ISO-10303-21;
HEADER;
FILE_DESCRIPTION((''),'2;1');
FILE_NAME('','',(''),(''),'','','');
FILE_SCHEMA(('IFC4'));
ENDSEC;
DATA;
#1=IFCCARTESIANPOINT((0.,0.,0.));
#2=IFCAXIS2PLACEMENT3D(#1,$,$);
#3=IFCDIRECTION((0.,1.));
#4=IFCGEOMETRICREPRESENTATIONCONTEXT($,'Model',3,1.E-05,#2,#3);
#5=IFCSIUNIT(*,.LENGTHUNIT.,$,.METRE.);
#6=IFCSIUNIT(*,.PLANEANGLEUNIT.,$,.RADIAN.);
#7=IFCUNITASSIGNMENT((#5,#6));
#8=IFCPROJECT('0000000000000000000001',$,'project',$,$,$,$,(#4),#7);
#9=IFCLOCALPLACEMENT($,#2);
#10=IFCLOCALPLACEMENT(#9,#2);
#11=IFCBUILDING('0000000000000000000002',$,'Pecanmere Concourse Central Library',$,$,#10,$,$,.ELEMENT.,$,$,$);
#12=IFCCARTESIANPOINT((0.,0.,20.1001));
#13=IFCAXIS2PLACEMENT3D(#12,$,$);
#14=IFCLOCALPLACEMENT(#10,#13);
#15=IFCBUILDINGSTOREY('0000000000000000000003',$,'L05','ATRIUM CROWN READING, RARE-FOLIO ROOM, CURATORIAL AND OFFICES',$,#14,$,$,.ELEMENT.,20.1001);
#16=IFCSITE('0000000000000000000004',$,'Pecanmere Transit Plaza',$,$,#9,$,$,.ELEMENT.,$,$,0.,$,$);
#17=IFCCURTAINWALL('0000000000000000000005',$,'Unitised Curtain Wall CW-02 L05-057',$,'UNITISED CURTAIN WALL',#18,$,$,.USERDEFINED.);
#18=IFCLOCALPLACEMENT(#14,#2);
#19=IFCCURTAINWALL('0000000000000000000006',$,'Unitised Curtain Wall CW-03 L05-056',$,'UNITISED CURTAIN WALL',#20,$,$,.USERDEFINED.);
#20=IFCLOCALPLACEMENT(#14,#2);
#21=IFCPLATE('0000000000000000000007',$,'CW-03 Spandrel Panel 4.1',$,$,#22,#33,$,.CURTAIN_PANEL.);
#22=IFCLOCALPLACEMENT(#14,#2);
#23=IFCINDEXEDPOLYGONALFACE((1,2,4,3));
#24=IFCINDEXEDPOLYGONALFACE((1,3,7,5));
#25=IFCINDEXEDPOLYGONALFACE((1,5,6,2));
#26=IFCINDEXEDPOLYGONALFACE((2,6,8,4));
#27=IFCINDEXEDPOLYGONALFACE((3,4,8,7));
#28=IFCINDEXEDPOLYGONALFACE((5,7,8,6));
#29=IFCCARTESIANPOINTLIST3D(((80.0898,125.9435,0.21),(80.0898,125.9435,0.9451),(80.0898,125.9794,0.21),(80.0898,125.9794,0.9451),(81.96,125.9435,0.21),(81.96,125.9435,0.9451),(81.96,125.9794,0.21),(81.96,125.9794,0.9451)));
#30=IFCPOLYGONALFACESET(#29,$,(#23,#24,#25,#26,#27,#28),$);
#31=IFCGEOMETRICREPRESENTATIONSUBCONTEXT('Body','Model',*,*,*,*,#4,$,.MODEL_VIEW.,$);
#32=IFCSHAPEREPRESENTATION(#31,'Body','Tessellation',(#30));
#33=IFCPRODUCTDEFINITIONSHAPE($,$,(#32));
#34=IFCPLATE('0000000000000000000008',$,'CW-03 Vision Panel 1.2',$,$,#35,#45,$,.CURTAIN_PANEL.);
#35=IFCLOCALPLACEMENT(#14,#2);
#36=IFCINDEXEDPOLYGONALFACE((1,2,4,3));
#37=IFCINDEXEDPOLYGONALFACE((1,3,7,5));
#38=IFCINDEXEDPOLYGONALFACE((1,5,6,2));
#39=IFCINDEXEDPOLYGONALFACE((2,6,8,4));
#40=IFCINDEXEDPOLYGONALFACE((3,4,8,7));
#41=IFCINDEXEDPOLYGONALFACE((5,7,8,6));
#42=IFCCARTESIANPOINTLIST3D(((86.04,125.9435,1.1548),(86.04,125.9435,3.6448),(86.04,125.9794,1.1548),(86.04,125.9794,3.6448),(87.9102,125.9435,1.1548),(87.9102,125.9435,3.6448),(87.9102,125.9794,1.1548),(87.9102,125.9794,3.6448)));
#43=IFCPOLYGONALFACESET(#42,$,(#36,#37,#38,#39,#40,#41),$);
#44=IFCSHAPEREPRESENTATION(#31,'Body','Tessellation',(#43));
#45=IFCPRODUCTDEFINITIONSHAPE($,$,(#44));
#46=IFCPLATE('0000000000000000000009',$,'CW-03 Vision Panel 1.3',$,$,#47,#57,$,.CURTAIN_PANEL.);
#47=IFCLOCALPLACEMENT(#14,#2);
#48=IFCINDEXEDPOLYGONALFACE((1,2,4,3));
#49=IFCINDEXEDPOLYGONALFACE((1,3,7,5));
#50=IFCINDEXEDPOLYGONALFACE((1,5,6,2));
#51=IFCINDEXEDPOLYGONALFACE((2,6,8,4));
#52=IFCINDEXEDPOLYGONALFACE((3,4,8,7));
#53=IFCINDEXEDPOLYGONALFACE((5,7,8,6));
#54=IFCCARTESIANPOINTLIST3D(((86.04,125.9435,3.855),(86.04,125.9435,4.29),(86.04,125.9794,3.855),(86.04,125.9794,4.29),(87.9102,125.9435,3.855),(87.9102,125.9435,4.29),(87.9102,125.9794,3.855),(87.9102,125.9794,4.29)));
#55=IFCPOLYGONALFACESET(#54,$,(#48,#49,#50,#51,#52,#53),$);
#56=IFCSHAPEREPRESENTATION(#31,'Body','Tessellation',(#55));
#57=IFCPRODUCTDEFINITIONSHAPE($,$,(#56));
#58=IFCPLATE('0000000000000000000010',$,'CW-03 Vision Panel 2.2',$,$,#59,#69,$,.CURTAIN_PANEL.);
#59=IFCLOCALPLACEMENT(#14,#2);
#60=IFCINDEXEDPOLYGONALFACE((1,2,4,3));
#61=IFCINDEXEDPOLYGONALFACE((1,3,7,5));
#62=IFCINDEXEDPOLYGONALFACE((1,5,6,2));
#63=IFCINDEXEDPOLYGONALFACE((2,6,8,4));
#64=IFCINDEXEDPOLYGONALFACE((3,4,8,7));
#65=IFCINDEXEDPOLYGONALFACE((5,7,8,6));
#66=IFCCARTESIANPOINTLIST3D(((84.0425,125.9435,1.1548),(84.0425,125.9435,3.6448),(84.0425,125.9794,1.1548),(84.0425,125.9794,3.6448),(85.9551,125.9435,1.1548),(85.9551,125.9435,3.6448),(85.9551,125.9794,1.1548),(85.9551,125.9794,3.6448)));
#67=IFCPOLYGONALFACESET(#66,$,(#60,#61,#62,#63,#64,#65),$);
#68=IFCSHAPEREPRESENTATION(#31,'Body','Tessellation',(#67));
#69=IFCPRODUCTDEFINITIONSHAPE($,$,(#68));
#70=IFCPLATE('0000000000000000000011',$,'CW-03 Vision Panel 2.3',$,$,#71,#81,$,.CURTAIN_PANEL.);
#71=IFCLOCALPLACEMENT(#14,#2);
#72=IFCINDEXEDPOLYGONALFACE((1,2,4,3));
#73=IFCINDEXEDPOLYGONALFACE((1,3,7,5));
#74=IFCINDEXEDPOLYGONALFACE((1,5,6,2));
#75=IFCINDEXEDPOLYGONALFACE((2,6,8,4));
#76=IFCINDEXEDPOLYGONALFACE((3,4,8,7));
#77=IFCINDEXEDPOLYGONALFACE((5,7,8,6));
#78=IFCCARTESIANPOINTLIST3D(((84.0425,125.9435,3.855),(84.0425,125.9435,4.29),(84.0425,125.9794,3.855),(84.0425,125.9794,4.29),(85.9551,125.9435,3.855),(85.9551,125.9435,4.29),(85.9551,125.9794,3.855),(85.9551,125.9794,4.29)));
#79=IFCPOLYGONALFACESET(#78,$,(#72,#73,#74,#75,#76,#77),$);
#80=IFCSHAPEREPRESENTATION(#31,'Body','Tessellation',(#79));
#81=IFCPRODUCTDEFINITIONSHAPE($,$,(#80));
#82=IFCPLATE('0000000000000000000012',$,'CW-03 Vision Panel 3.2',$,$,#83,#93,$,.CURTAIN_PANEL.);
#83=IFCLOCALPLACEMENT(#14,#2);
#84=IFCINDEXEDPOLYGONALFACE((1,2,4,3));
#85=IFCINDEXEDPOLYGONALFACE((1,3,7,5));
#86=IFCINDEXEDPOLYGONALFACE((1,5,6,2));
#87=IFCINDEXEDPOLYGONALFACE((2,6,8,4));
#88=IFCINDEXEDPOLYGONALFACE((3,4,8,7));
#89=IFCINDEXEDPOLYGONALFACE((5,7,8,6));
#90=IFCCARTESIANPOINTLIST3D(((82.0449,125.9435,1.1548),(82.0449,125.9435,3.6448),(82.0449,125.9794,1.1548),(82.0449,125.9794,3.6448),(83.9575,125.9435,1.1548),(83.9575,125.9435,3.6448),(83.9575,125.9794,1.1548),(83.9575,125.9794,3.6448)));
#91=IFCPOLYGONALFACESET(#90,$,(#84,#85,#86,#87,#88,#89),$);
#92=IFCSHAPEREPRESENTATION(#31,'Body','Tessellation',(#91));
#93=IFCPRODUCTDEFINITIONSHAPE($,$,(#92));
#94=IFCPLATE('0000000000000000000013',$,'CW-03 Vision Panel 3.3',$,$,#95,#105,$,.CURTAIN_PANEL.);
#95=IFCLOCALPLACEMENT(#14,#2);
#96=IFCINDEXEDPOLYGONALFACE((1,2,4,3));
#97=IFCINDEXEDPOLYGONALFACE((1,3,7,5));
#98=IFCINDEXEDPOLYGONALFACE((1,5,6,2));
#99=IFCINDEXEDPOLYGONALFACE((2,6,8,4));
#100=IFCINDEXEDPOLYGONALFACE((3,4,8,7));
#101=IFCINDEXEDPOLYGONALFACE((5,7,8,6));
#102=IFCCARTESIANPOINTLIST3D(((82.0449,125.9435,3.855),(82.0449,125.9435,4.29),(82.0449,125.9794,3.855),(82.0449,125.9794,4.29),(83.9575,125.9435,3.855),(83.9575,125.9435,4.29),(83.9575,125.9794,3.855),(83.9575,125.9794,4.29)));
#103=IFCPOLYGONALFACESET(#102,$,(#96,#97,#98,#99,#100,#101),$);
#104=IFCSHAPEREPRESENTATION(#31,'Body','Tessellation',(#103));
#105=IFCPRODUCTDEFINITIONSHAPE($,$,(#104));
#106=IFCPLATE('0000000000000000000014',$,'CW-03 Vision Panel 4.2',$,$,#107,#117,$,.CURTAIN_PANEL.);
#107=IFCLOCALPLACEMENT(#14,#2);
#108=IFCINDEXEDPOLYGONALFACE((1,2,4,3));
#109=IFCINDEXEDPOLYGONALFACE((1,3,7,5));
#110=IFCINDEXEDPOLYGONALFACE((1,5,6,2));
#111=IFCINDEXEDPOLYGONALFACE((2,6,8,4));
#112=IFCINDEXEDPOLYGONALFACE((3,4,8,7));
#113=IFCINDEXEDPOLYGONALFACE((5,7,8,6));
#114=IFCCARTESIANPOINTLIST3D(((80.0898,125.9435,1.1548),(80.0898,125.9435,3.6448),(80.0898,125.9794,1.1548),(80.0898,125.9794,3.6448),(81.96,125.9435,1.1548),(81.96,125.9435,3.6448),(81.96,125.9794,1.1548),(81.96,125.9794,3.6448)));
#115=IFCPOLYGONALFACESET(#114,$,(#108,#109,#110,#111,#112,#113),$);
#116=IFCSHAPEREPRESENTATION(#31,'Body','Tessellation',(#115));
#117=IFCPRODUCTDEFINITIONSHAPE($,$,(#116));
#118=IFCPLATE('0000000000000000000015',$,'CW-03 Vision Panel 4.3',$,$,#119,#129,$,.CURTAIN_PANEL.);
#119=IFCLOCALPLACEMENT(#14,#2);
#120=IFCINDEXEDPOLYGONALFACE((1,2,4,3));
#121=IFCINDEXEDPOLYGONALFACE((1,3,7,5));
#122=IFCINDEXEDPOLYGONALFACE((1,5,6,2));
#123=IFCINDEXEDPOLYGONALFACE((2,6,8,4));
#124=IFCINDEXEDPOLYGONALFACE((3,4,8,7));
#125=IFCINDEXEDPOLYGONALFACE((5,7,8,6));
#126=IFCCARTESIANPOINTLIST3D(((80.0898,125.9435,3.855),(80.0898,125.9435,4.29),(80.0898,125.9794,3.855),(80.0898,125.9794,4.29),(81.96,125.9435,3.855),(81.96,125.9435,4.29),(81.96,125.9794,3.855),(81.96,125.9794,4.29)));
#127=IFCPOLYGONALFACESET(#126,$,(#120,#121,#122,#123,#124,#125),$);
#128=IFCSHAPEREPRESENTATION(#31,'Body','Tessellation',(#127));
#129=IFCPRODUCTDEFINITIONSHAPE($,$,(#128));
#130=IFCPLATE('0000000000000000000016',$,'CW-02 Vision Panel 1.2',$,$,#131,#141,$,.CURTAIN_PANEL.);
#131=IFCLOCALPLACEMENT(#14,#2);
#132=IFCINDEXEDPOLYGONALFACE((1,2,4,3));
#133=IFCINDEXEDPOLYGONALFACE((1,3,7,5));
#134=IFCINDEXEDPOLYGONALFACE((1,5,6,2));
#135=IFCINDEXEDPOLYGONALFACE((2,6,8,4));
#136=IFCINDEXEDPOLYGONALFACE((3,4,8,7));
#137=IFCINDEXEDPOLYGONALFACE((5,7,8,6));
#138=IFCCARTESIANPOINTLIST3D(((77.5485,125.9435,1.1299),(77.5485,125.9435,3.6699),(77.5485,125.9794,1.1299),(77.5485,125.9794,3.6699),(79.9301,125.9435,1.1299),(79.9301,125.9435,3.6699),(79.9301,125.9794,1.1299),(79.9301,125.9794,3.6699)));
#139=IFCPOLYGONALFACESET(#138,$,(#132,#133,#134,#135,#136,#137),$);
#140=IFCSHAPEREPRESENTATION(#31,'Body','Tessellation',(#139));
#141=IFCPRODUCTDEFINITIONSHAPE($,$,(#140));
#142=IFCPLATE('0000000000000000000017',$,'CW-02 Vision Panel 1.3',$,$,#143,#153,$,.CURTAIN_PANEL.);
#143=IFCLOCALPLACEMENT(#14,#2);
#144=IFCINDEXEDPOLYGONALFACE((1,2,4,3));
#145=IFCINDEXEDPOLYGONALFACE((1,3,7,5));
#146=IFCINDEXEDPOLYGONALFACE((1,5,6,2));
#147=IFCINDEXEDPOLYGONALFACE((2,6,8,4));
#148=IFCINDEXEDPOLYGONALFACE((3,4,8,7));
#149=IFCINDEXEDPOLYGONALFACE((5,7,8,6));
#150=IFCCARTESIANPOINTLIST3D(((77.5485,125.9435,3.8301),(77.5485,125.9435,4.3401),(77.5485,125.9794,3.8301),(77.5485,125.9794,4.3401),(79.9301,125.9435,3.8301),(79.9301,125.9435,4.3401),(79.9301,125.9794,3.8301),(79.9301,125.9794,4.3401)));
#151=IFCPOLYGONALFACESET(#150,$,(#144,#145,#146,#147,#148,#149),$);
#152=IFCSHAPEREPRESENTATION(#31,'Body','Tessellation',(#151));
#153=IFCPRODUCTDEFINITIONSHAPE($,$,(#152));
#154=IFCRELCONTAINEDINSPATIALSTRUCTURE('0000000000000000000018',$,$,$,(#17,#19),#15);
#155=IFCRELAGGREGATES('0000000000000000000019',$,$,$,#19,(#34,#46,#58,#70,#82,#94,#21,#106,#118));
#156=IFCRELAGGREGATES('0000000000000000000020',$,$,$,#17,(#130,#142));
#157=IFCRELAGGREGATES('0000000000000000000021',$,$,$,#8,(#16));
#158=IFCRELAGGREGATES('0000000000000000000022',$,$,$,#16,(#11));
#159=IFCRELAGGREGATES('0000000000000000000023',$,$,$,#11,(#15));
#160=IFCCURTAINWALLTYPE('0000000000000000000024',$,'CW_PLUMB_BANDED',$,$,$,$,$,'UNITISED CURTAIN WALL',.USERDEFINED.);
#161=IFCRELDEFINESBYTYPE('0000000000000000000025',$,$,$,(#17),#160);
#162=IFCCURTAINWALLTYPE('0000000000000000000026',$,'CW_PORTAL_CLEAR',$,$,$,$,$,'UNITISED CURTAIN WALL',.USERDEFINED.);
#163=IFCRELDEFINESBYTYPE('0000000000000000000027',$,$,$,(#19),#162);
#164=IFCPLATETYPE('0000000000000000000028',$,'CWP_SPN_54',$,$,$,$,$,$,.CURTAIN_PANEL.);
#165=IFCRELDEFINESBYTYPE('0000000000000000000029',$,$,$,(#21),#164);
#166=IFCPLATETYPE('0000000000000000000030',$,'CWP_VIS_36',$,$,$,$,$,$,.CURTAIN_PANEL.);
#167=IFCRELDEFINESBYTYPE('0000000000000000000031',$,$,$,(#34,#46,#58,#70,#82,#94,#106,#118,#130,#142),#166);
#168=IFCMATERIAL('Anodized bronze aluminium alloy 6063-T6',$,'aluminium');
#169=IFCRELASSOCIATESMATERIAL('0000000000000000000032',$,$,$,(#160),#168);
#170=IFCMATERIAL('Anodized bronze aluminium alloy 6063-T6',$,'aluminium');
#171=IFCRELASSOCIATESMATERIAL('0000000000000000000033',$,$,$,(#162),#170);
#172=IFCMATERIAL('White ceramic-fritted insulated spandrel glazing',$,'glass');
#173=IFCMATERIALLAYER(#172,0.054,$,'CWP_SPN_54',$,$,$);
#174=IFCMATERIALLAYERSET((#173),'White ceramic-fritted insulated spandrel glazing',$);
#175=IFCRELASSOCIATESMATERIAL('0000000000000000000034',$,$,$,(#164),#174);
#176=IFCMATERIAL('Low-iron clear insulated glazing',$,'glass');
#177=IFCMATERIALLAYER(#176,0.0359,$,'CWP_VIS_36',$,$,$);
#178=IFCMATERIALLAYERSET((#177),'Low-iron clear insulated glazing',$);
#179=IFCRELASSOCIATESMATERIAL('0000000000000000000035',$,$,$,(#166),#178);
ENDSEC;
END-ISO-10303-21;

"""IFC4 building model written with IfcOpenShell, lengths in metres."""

from ifc_helpers import new_model, si_unit, direction, frame, origin, origin_2d, place, context, subcontext, project, spatial, rectangle, extrude, material, layer, layer_set, type_object, element, aggregate, save


model = new_model("IFC4")

# Units and contexts
model_context = context("Model", 3, precision=1e-05, world=origin(), true_north=direction((0.0, 1.0)))
body_context = subcontext(model_context, "Body", "Model", "MODEL_VIEW")
ifc_project = project(units=[si_unit("LENGTHUNIT", "METRE"), si_unit("PLANEANGLEUNIT", "RADIAN")], contexts=[model_context])

# Site, building, storey
site_placement = place(None, origin())
site = spatial("IfcSite", under=ifc_project, at=site_placement, Name="Pecanmere Transit Plaza", CompositionType="ELEMENT", RefElevation=0.0)
building_placement = place(site_placement, origin())
building = spatial("IfcBuilding", under=site, at=building_placement, Name="Pecanmere Concourse Central Library", CompositionType="ELEMENT")
storey_placement = place(building_placement, frame((0.0, 0.0, 20.1001)))
storey = spatial("IfcBuildingStorey", under=building, at=storey_placement, Name="L05", Description="ATRIUM CROWN READING, RARE-FOLIO ROOM, CURATORIAL AND OFFICES", CompositionType="ELEMENT", Elevation=20.1001)

# Curtain wall
ifc_material_1 = material(Name="Anodized bronze aluminium alloy 6063-T6", Category="aluminium")
curtain_wall_type_1 = type_object("IfcCurtainWallType", Name="CW_PLUMB_BANDED", ElementType="UNITISED CURTAIN WALL", PredefinedType="USERDEFINED", material=ifc_material_1)
curtain_wall_1_placement = place(storey_placement, origin())
curtain_wall_1 = element("IfcCurtainWall", 1, at=curtain_wall_1_placement, inside=storey, type_object=curtain_wall_type_1, Name="Unitised Curtain Wall CW-02 L05-057", ObjectType="UNITISED CURTAIN WALL", PredefinedType="USERDEFINED")

# Curtain wall
ifc_material_2 = material(Name="Anodized bronze aluminium alloy 6063-T6", Category="aluminium")
curtain_wall_type_2 = type_object("IfcCurtainWallType", Name="CW_PORTAL_CLEAR", ElementType="UNITISED CURTAIN WALL", PredefinedType="USERDEFINED", material=ifc_material_2)
curtain_wall_2_placement = place(storey_placement, origin())
curtain_wall_2 = element("IfcCurtainWall", 2, at=curtain_wall_2_placement, inside=storey, type_object=curtain_wall_type_2, Name="Unitised Curtain Wall CW-03 L05-056", ObjectType="UNITISED CURTAIN WALL", PredefinedType="USERDEFINED")

# Plates
ifc_material_3 = material(Name="White ceramic-fritted insulated spandrel glazing", Category="glass")
ifc_layer_1 = layer(ifc_material_3, 0.054, Name="CWP_SPN_54")
ifc_layer_set_1 = layer_set([ifc_layer_1], Name="White ceramic-fritted insulated spandrel glazing")
plate_type_1 = type_object("IfcPlateType", Name="CWP_SPN_54", PredefinedType="CURTAIN_PANEL", material=ifc_layer_set_1)
plate_1_placement = place(storey_placement, frame((81.0249, 125.9614, 0.21), z_axis=(0.0, 0.0, 1.0), x_axis=(-1.0, 0.0, 0.0)))
plate_1 = element("IfcPlate", 3, at=plate_1_placement, type_object=plate_type_1, Name="CW-03 Spandrel Panel 4.1", PredefinedType="CURTAIN_PANEL", context=body_context, shape_type="SweptSolid", body=[
    extrude(rectangle(XDim=1.8701, YDim=0.0359, at=origin_2d()), origin(), (0.0, 0.0, 1.0), 0.7351),
])
ifc_material_4 = material(Name="Low-iron clear insulated glazing", Category="glass")
ifc_layer_2 = layer(ifc_material_4, 0.0359, Name="CWP_VIS_36")
ifc_layer_set_2 = layer_set([ifc_layer_2], Name="Low-iron clear insulated glazing")
plate_type_2 = type_object("IfcPlateType", Name="CWP_VIS_36", PredefinedType="CURTAIN_PANEL", material=ifc_layer_set_2)
plate_2_placement = place(storey_placement, frame((86.9751, 125.9614, 1.1548), z_axis=(0.0, 0.0, 1.0), x_axis=(-1.0, 0.0, 0.0)))
plate_2 = element("IfcPlate", 4, at=plate_2_placement, type_object=plate_type_2, Name="CW-03 Vision Panel 1.2", PredefinedType="CURTAIN_PANEL", context=body_context, shape_type="SweptSolid", body=[
    extrude(rectangle(XDim=1.8701, YDim=0.0359, at=origin_2d()), origin(), (0.0, 0.0, 1.0), 2.49),
])
plate_3_placement = place(storey_placement, frame((86.9751, 125.9614, 3.855), z_axis=(0.0, 0.0, 1.0), x_axis=(-1.0, 0.0, 0.0)))
plate_3 = element("IfcPlate", 5, at=plate_3_placement, type_object=plate_type_2, Name="CW-03 Vision Panel 1.3", PredefinedType="CURTAIN_PANEL", context=body_context, shape_type="SweptSolid", body=[
    extrude(rectangle(XDim=1.8701, YDim=0.0359, at=origin_2d()), origin(), (0.0, 0.0, 1.0), 0.4351),
])
plate_4_placement = place(storey_placement, frame((84.9988, 125.9614, 1.1548), z_axis=(0.0, 0.0, 1.0), x_axis=(-1.0, 0.0, 0.0)))
plate_4 = element("IfcPlate", 6, at=plate_4_placement, type_object=plate_type_2, Name="CW-03 Vision Panel 2.2", PredefinedType="CURTAIN_PANEL", context=body_context, shape_type="SweptSolid", body=[
    extrude(rectangle(XDim=1.9126, YDim=0.0359, at=origin_2d()), origin(), (0.0, 0.0, 1.0), 2.49),
])
plate_5_placement = place(storey_placement, frame((84.9988, 125.9614, 3.855), z_axis=(0.0, 0.0, 1.0), x_axis=(-1.0, 0.0, 0.0)))
plate_5 = element("IfcPlate", 7, at=plate_5_placement, type_object=plate_type_2, Name="CW-03 Vision Panel 2.3", PredefinedType="CURTAIN_PANEL", context=body_context, shape_type="SweptSolid", body=[
    extrude(rectangle(XDim=1.9126, YDim=0.0359, at=origin_2d()), origin(), (0.0, 0.0, 1.0), 0.4351),
])
plate_6_placement = place(storey_placement, frame((83.0012, 125.9614, 1.1548), z_axis=(0.0, 0.0, 1.0), x_axis=(-1.0, 0.0, 0.0)))
plate_6 = element("IfcPlate", 8, at=plate_6_placement, type_object=plate_type_2, Name="CW-03 Vision Panel 3.2", PredefinedType="CURTAIN_PANEL", context=body_context, shape_type="SweptSolid", body=[
    extrude(rectangle(XDim=1.9126, YDim=0.0359, at=origin_2d()), origin(), (0.0, 0.0, 1.0), 2.49),
])
plate_7_placement = place(storey_placement, frame((83.0012, 125.9614, 3.855), z_axis=(0.0, 0.0, 1.0), x_axis=(-1.0, 0.0, 0.0)))
plate_7 = element("IfcPlate", 9, at=plate_7_placement, type_object=plate_type_2, Name="CW-03 Vision Panel 3.3", PredefinedType="CURTAIN_PANEL", context=body_context, shape_type="SweptSolid", body=[
    extrude(rectangle(XDim=1.9126, YDim=0.0359, at=origin_2d()), origin(), (0.0, 0.0, 1.0), 0.4351),
])
plate_8_placement = place(storey_placement, frame((81.0249, 125.9614, 1.1548), z_axis=(0.0, 0.0, 1.0), x_axis=(-1.0, 0.0, 0.0)))
plate_8 = element("IfcPlate", 10, at=plate_8_placement, type_object=plate_type_2, Name="CW-03 Vision Panel 4.2", PredefinedType="CURTAIN_PANEL", context=body_context, shape_type="SweptSolid", body=[
    extrude(rectangle(XDim=1.8701, YDim=0.0359, at=origin_2d()), origin(), (0.0, 0.0, 1.0), 2.49),
])
plate_9_placement = place(storey_placement, frame((81.0249, 125.9614, 3.855), z_axis=(0.0, 0.0, 1.0), x_axis=(-1.0, 0.0, 0.0)))
plate_9 = element("IfcPlate", 11, at=plate_9_placement, type_object=plate_type_2, Name="CW-03 Vision Panel 4.3", PredefinedType="CURTAIN_PANEL", context=body_context, shape_type="SweptSolid", body=[
    extrude(rectangle(XDim=1.8701, YDim=0.0359, at=origin_2d()), origin(), (0.0, 0.0, 1.0), 0.4351),
])
aggregate(curtain_wall_2, [plate_2, plate_3, plate_4, plate_5, plate_6, plate_7, plate_1, plate_8, plate_9])
plate_10_placement = place(storey_placement, frame((78.7393, 125.9614, 1.1299), z_axis=(0.0, 0.0, 1.0), x_axis=(-1.0, 0.0, 0.0)))
plate_10 = element("IfcPlate", 12, at=plate_10_placement, type_object=plate_type_2, Name="CW-02 Vision Panel 1.2", PredefinedType="CURTAIN_PANEL", context=body_context, shape_type="SweptSolid", body=[
    extrude(rectangle(XDim=2.3816, YDim=0.0359, at=origin_2d()), origin(), (0.0, 0.0, 1.0), 2.54),
])
plate_11_placement = place(storey_placement, frame((78.7393, 125.9614, 3.8301), z_axis=(0.0, 0.0, 1.0), x_axis=(-1.0, 0.0, 0.0)))
plate_11 = element("IfcPlate", 13, at=plate_11_placement, type_object=plate_type_2, Name="CW-02 Vision Panel 1.3", PredefinedType="CURTAIN_PANEL", context=body_context, shape_type="SweptSolid", body=[
    extrude(rectangle(XDim=2.3816, YDim=0.0359, at=origin_2d()), origin(), (0.0, 0.0, 1.0), 0.51),
])
aggregate(curtain_wall_1, [plate_10, plate_11])

save(model, "model.ifc")
